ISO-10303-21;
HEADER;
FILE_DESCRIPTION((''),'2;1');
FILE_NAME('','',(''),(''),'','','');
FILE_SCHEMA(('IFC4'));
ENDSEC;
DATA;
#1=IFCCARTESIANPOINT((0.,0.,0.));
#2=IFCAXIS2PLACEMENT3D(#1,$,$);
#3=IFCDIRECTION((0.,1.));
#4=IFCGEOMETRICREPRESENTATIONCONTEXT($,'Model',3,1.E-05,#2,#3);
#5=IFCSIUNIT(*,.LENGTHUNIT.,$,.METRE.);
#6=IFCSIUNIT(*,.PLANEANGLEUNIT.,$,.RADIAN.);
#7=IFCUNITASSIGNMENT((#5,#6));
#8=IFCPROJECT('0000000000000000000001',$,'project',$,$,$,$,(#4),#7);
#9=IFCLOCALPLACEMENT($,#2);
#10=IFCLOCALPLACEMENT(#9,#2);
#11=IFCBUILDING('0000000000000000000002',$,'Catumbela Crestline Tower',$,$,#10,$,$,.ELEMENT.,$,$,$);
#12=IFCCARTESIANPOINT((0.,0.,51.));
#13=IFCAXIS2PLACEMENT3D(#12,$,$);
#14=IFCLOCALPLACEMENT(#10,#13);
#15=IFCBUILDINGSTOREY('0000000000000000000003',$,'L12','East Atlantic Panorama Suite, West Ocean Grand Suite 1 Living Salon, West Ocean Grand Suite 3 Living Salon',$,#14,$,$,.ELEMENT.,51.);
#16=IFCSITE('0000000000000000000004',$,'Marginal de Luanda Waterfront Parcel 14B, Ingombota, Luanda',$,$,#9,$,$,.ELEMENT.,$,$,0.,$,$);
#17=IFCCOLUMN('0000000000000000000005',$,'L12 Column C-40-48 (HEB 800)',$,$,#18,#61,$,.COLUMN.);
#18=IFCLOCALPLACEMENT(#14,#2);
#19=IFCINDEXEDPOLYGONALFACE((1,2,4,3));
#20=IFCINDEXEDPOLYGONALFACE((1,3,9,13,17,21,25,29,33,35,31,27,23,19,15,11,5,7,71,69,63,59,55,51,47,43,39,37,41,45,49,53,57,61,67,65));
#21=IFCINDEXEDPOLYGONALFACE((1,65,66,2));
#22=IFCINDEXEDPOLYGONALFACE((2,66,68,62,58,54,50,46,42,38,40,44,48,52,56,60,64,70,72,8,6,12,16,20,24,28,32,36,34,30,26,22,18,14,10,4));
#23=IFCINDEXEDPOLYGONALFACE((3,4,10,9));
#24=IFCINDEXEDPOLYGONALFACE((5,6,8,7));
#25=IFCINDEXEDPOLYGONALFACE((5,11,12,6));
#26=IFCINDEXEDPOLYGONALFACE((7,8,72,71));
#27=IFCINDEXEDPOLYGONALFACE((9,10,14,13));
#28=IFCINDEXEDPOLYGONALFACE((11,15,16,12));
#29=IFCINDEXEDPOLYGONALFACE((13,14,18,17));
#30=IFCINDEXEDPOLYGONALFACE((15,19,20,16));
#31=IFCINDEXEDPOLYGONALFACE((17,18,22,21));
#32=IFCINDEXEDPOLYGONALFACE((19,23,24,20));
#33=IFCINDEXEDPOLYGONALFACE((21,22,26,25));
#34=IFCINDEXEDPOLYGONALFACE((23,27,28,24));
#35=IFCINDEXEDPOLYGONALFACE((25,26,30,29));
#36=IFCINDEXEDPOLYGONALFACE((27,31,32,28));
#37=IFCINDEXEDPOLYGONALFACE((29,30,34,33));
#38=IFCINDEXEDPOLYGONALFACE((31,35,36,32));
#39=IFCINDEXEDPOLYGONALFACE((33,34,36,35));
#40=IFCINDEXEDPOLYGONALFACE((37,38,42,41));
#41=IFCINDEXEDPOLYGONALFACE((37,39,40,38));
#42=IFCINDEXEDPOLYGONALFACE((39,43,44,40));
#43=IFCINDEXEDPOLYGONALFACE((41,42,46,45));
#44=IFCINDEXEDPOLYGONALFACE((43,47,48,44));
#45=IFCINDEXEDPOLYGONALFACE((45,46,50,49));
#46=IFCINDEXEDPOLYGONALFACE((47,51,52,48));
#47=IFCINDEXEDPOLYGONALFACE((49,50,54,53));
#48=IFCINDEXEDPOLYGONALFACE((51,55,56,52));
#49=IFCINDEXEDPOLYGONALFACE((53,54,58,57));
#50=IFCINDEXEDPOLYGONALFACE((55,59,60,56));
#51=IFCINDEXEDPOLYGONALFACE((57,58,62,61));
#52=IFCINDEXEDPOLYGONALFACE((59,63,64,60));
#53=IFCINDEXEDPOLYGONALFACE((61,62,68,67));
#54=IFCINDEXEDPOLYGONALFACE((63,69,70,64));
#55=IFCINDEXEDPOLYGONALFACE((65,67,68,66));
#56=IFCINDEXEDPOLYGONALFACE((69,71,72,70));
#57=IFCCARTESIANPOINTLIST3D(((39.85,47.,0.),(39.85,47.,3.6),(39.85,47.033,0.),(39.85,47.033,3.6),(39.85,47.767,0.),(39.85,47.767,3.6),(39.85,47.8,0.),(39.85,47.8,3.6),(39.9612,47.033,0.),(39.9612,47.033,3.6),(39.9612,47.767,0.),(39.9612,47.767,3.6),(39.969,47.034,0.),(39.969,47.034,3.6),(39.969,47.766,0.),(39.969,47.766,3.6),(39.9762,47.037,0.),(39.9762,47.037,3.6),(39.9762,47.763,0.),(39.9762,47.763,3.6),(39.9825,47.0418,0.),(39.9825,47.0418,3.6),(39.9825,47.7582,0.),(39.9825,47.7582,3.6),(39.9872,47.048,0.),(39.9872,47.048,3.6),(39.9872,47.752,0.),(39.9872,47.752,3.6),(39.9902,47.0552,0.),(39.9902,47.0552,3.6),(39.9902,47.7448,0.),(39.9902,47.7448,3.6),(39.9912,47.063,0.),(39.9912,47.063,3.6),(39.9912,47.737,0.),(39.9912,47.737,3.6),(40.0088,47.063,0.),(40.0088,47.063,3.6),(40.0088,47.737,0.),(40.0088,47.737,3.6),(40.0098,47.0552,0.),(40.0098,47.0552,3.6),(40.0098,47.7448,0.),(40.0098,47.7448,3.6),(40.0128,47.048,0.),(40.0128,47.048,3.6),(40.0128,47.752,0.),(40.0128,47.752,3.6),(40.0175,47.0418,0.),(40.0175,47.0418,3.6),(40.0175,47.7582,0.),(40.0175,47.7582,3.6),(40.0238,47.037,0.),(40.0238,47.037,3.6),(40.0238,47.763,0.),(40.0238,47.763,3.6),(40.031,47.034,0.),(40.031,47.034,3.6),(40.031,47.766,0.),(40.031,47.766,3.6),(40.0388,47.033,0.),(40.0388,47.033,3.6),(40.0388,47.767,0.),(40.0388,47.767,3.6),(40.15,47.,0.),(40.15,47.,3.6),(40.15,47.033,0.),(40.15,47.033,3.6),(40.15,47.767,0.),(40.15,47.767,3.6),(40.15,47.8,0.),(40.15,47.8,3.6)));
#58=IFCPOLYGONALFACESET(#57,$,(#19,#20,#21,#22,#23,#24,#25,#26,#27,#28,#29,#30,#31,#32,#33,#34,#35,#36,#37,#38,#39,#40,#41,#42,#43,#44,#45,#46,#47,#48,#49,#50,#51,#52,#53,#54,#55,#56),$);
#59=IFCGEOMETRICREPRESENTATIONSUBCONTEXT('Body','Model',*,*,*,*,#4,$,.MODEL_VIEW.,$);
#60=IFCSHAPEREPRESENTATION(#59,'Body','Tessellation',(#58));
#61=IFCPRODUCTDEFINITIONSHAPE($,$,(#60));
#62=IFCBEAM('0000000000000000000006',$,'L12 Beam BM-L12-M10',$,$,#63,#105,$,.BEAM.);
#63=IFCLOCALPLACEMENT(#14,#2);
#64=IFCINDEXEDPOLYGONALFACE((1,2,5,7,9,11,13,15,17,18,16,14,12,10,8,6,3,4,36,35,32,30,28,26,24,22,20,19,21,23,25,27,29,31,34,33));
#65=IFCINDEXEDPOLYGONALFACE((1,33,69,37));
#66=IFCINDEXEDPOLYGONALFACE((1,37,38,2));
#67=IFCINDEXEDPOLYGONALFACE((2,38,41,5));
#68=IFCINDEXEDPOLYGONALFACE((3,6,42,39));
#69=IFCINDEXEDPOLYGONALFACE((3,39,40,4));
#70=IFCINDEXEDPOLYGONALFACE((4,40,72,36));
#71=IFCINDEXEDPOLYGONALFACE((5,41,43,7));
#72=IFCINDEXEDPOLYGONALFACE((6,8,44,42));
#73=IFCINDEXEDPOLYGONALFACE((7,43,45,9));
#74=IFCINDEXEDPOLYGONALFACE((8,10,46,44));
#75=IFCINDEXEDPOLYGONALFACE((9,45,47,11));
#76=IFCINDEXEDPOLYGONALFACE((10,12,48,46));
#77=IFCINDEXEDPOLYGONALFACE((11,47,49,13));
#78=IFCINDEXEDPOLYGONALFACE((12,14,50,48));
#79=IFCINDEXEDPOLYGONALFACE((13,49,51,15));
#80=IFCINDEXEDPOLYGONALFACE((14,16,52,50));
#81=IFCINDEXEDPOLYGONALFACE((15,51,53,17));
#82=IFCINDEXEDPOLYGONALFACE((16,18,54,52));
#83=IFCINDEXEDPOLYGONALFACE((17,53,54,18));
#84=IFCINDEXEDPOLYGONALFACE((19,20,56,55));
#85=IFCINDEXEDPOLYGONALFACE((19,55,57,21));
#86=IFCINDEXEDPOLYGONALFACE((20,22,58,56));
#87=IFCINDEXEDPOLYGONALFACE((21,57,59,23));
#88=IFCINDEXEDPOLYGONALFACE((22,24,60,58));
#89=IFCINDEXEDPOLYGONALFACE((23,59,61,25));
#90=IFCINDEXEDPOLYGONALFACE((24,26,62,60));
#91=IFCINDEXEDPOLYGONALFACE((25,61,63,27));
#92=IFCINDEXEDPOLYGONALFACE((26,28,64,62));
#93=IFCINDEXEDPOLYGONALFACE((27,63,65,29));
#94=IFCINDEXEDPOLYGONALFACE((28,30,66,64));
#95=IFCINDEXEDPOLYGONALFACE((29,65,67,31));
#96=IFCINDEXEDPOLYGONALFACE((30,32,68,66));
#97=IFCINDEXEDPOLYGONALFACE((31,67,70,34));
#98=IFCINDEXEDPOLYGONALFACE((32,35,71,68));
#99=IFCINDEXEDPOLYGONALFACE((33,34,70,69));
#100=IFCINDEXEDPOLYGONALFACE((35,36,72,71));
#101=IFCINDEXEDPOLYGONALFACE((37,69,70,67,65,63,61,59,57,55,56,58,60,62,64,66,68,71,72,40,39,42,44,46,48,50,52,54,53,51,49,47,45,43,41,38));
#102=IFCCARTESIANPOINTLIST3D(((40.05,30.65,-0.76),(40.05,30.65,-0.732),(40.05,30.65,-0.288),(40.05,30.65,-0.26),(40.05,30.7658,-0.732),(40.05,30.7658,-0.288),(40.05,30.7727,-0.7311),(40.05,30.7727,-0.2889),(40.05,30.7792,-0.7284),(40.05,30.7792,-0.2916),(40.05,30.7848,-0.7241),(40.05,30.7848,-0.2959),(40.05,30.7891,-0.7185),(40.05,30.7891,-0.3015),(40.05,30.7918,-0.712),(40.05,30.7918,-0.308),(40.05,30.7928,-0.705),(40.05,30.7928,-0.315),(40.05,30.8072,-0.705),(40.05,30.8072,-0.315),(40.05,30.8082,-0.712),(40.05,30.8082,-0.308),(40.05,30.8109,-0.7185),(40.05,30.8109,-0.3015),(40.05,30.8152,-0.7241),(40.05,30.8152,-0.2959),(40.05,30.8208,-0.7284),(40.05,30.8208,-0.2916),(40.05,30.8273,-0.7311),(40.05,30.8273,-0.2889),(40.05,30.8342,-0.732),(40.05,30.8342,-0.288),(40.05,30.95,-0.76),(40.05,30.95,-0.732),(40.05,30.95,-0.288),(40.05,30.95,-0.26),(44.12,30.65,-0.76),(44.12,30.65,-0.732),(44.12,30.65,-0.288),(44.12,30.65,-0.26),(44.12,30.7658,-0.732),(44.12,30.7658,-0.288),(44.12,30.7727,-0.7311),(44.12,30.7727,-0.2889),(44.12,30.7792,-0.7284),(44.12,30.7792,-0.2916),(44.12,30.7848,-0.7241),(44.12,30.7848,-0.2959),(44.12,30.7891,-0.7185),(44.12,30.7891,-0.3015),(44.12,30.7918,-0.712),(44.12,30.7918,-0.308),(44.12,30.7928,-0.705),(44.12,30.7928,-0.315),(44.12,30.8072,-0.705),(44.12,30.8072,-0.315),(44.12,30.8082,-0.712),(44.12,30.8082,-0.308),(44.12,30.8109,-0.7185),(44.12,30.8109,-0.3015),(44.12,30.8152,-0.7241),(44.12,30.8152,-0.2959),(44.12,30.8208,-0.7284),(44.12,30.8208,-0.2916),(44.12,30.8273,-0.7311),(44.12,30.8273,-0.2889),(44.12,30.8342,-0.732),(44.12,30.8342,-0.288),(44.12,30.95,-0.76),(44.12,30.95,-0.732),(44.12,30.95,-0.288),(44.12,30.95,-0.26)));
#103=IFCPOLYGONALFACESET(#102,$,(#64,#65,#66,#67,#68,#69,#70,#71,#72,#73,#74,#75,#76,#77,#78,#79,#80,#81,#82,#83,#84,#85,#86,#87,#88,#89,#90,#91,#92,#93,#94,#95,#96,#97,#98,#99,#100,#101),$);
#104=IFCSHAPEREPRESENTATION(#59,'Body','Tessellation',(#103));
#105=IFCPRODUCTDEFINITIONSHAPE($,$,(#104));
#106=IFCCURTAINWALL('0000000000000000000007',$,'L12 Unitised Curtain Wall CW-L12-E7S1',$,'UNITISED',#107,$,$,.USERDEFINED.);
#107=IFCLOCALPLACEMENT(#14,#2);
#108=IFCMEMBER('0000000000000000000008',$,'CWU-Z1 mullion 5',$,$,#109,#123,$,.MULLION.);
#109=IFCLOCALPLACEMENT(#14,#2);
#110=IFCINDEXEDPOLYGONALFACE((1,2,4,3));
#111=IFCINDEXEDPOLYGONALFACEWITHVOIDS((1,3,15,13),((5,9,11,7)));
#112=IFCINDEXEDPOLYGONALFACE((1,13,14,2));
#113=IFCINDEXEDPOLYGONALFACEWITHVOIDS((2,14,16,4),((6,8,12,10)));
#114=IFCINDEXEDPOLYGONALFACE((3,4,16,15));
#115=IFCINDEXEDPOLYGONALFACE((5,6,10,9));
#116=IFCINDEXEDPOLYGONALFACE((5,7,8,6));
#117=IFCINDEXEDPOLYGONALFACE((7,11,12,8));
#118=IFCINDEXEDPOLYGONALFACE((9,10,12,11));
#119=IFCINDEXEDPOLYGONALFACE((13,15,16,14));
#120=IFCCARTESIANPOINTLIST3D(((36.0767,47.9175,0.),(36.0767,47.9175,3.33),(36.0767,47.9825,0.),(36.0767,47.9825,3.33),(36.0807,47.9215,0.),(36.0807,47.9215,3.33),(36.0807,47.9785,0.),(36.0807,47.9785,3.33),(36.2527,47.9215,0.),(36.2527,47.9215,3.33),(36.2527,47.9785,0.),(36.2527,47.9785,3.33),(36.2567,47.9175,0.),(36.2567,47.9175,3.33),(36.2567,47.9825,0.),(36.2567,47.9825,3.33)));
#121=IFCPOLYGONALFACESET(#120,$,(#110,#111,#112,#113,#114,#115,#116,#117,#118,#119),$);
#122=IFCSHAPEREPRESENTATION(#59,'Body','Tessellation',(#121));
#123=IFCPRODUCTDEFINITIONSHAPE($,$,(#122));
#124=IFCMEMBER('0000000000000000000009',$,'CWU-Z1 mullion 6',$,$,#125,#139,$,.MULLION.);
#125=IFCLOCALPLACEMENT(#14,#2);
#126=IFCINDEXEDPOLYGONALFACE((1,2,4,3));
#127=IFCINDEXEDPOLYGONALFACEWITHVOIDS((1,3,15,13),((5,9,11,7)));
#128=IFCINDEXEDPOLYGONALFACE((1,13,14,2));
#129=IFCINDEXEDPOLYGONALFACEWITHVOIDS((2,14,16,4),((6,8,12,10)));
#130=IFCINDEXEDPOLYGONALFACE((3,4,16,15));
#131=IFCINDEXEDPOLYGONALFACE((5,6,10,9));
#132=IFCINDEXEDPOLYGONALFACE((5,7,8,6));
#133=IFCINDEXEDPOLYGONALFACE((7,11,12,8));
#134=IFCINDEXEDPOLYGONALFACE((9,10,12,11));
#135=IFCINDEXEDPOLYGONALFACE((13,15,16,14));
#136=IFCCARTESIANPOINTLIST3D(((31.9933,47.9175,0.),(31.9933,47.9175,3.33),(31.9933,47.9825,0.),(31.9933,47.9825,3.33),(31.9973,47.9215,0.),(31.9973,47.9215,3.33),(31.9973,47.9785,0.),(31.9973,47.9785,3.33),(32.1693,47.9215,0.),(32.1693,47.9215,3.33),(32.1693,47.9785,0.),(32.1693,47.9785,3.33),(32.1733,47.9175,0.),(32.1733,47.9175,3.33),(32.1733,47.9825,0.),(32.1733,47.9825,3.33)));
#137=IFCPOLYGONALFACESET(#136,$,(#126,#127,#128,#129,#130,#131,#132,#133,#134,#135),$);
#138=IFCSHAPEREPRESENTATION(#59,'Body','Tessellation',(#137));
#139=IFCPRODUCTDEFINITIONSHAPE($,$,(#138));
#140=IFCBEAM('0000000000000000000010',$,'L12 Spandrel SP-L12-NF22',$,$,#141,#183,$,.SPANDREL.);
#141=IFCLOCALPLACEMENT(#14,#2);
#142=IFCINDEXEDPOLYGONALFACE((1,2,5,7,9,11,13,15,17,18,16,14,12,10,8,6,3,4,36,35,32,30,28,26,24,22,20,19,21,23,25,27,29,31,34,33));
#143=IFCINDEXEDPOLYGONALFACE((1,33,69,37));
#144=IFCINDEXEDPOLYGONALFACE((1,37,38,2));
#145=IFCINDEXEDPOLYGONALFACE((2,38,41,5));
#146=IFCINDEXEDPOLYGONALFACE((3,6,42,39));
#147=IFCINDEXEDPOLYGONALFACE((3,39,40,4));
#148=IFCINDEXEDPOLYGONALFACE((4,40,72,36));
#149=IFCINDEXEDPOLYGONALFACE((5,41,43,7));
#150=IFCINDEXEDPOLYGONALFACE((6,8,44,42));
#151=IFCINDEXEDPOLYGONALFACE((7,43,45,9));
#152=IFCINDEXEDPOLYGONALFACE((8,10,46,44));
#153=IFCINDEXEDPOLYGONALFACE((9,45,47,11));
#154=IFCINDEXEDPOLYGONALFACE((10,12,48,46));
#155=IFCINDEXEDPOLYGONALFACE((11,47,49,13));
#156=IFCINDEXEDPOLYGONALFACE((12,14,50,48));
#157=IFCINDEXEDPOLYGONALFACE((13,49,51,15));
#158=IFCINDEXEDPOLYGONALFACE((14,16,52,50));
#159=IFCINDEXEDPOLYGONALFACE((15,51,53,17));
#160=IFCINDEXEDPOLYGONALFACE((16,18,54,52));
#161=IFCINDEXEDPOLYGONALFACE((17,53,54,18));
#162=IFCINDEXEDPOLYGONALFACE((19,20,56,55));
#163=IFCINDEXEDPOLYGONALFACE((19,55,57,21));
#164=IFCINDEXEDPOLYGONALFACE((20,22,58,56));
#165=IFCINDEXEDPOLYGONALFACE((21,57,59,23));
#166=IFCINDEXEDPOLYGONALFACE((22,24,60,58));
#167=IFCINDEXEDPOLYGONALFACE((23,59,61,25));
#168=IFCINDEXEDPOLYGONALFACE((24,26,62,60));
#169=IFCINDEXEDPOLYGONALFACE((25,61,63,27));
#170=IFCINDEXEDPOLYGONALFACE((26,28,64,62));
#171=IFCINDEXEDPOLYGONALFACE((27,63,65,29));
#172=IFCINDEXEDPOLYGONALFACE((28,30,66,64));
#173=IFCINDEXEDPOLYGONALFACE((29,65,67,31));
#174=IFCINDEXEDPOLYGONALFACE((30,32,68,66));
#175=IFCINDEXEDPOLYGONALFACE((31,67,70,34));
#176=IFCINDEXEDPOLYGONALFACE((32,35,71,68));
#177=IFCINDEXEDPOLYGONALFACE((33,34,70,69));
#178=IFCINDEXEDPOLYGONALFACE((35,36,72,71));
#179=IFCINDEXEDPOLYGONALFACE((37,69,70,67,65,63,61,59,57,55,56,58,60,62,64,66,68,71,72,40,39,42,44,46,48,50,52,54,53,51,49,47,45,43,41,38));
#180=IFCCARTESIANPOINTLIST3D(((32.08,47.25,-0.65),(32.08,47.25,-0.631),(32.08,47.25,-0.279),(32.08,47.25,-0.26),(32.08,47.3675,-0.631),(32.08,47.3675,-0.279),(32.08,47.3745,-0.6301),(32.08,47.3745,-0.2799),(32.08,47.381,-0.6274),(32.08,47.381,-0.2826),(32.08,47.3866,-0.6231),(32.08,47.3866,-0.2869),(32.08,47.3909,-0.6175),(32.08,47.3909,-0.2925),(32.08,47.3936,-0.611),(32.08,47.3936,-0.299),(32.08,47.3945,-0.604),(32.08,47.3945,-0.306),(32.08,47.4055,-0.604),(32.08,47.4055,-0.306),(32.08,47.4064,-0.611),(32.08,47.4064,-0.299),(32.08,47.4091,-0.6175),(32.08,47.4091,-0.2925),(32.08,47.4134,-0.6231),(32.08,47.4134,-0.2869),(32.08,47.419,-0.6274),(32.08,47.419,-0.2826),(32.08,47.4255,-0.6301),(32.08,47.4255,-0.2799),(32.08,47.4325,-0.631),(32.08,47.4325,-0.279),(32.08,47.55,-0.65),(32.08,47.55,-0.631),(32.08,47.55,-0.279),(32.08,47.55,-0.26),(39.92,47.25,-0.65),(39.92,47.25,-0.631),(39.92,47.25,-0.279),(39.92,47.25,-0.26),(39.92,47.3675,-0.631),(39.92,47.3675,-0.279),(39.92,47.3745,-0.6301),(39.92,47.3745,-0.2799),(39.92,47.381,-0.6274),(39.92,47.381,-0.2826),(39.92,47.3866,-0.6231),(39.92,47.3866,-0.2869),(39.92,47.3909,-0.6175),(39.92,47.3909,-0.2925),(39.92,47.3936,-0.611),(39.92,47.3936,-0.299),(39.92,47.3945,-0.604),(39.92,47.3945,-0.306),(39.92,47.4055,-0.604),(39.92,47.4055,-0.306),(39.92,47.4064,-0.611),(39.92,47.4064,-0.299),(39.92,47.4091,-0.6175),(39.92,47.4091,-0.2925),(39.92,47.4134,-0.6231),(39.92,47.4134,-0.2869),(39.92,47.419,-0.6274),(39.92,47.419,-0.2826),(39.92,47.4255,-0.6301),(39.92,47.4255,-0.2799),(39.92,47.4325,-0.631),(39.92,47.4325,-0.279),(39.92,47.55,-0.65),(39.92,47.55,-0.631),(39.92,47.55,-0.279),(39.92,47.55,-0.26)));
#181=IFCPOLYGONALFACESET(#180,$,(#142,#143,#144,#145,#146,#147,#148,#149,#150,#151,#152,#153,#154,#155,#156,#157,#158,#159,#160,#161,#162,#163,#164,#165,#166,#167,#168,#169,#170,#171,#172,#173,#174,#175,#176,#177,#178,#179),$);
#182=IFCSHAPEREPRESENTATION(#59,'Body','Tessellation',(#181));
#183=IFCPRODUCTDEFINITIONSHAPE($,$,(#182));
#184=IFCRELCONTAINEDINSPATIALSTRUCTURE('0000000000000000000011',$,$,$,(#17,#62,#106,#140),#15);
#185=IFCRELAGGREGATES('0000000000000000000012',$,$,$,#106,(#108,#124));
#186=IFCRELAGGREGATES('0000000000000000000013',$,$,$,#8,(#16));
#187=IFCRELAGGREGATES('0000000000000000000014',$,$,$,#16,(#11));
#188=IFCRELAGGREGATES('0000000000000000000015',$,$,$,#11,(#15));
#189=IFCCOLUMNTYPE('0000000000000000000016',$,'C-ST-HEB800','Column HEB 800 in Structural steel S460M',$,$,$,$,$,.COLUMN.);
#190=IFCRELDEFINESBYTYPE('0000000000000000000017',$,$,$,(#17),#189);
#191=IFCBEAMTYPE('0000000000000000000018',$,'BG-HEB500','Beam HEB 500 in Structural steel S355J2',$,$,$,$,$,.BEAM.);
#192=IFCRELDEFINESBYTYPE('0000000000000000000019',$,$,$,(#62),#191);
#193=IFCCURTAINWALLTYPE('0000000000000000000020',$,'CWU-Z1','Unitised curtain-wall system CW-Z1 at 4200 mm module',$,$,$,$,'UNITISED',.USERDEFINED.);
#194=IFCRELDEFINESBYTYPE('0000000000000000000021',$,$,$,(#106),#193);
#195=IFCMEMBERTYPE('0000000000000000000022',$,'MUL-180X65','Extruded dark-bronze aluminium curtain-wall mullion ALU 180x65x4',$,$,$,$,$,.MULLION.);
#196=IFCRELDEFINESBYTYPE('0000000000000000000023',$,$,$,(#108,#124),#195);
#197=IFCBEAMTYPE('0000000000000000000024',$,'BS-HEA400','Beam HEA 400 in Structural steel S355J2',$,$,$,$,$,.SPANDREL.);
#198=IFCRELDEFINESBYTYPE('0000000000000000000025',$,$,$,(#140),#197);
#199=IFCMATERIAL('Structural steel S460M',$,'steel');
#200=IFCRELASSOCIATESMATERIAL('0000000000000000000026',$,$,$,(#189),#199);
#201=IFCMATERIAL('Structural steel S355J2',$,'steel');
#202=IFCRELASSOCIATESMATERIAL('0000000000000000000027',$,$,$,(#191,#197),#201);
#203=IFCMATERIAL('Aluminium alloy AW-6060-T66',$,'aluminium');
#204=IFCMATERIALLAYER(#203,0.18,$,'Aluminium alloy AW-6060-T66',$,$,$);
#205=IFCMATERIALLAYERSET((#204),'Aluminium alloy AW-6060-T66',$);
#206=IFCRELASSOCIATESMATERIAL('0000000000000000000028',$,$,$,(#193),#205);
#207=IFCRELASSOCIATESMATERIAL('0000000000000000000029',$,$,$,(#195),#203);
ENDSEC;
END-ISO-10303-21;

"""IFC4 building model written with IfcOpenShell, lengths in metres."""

from ifc_helpers import new_model, si_unit, direction, frame, origin, origin_2d, place, context, subcontext, project, spatial, hollow_rectangle, i_section, extrude, material, layer, layer_set, material_profile, profile_set, type_object, element, aggregate, save


model = new_model("IFC4")

# Units and contexts
model_context = context("Model", 3, precision=1e-05, world=origin(), true_north=direction((0.0, 1.0)))
body_context = subcontext(model_context, "Body", "Model", "MODEL_VIEW")
ifc_project = project(units=[si_unit("LENGTHUNIT", "METRE"), si_unit("PLANEANGLEUNIT", "RADIAN")], contexts=[model_context])

# Site, building, storey
site_placement = place(None, origin())
site = spatial("IfcSite", under=ifc_project, at=site_placement, Name="Marginal de Luanda Waterfront Parcel 14B, Ingombota, Luanda", CompositionType="ELEMENT", RefElevation=0.0)
building_placement = place(site_placement, origin())
building = spatial("IfcBuilding", under=site, at=building_placement, Name="Catumbela Crestline Tower", CompositionType="ELEMENT")
storey_placement = place(building_placement, frame((0.0, 0.0, 51.0)))
storey = spatial("IfcBuildingStorey", under=building, at=storey_placement, Name="L12", Description="East Atlantic Panorama Suite, West Ocean Grand Suite 1 Living Salon, West Ocean Grand Suite 3 Living Salon", CompositionType="ELEMENT", Elevation=51.0)

# Column
ifc_material_1 = material(Name="Structural steel S460M", Category="steel")
ifc_material_profile_1 = material_profile(ifc_material_1, i_section(OverallWidth=0.3, OverallDepth=0.8, WebThickness=0.0175, FlangeThickness=0.033, FilletRadius=0.03, at=origin_2d()), Name="HEB 800")
ifc_profile_set_1 = profile_set([ifc_material_profile_1], Name="Structural steel S460M")
column_type = type_object("IfcColumnType", Name="C-ST-HEB800", Description="Column HEB 800 in Structural steel S460M", PredefinedType="COLUMN", material=ifc_profile_set_1)
column_placement = place(storey_placement, frame((40.0, 47.4, 0.0), z_axis=(0.0, 0.0, 1.0), x_axis=(1.0, 0.0, 0.0)))
element("IfcColumn", 1, at=column_placement, inside=storey, type_object=column_type, Name="L12 Column C-40-48 (HEB 800)", PredefinedType="COLUMN", context=body_context, shape_type="SweptSolid", body=[
    extrude(i_section(OverallWidth=0.3, OverallDepth=0.8, WebThickness=0.0175, FlangeThickness=0.033, FilletRadius=0.03, at=origin_2d()), origin(), (0.0, 0.0, 1.0), 3.6),
])

# Beam
ifc_material_2 = material(Name="Structural steel S355J2", Category="steel")
ifc_material_profile_2 = material_profile(ifc_material_2, i_section(OverallWidth=0.3, OverallDepth=0.5, WebThickness=0.0145, FlangeThickness=0.028, FilletRadius=0.027, at=origin_2d()), Name="HEB 500")
ifc_profile_set_2 = profile_set([ifc_material_profile_2], Name="Structural steel S355J2")
beam_type_1 = type_object("IfcBeamType", Name="BG-HEB500", Description="Beam HEB 500 in Structural steel S355J2", PredefinedType="BEAM", material=ifc_profile_set_2)
beam_1_placement = place(storey_placement, frame((40.05, 30.8, -0.51), z_axis=(1.0, 0.0, 0.0), x_axis=(0.0, 1.0, 0.0)))
element("IfcBeam", 2, at=beam_1_placement, inside=storey, type_object=beam_type_1, Name="L12 Beam BM-L12-M10", PredefinedType="BEAM", context=body_context, shape_type="SweptSolid", body=[
    extrude(i_section(OverallWidth=0.3, OverallDepth=0.5, WebThickness=0.0145, FlangeThickness=0.028, FilletRadius=0.027, at=origin_2d()), origin(), (0.0, 0.0, 1.0), 4.07),
])

# Curtain wall, members
ifc_material_3 = material(Name="Aluminium alloy AW-6060-T66", Category="aluminium")
ifc_layer_1 = layer(ifc_material_3, 0.18, Name="Aluminium alloy AW-6060-T66")
ifc_layer_set_1 = layer_set([ifc_layer_1], Name="Aluminium alloy AW-6060-T66")
curtain_wall_type = type_object("IfcCurtainWallType", Name="CWU-Z1", Description="Unitised curtain-wall system CW-Z1 at 4200 mm module", ElementType="UNITISED", PredefinedType="USERDEFINED", material=ifc_layer_set_1)
curtain_wall_placement = place(storey_placement, origin())
curtain_wall = element("IfcCurtainWall", 3, at=curtain_wall_placement, inside=storey, type_object=curtain_wall_type, Name="L12 Unitised Curtain Wall CW-L12-E7S1", ObjectType="UNITISED", PredefinedType="USERDEFINED")
ifc_material_profile_3 = material_profile(ifc_material_3, hollow_rectangle(XDim=0.065, YDim=0.18, WallThickness=0.004, at=origin_2d()), Name="ALU 180x65x4")
ifc_profile_set_3 = profile_set([ifc_material_profile_3], Name="Aluminium alloy AW-6060-T66")
member_type_1 = type_object("IfcMemberType", Name="MUL-180X65", Description="Extruded dark-bronze aluminium curtain-wall mullion ALU 180x65x4", PredefinedType="MULLION", material=ifc_profile_set_3)
member_1_placement = place(storey_placement, frame((36.1667, 47.95, 0.0), z_axis=(0.0, 0.0, 1.0), x_axis=(0.0, -1.0, 0.0)))
member_1 = element("IfcMember", 4, at=member_1_placement, type_object=member_type_1, Name="CWU-Z1 mullion 5", PredefinedType="MULLION", context=body_context, shape_type="SweptSolid", body=[
    extrude(hollow_rectangle(XDim=0.065, YDim=0.18, WallThickness=0.004, at=origin_2d()), origin(), (0.0, 0.0, 1.0), 3.33),
])
member_2_placement = place(storey_placement, frame((32.0833, 47.95, 0.0), z_axis=(0.0, 0.0, 1.0), x_axis=(0.0, -1.0, 0.0)))
member_2 = element("IfcMember", 5, at=member_2_placement, type_object=member_type_1, Name="CWU-Z1 mullion 6", PredefinedType="MULLION", context=body_context, shape_type="SweptSolid", body=[
    extrude(hollow_rectangle(XDim=0.065, YDim=0.18, WallThickness=0.004, at=origin_2d()), origin(), (0.0, 0.0, 1.0), 3.33),
])

# Beam
ifc_material_profile_4 = material_profile(ifc_material_2, i_section(OverallWidth=0.3, OverallDepth=0.39, WebThickness=0.011, FlangeThickness=0.019, FilletRadius=0.027, at=origin_2d()), Name="HEA 400")
ifc_profile_set_4 = profile_set([ifc_material_profile_4], Name="Structural steel S355J2")
beam_type_2 = type_object("IfcBeamType", Name="BS-HEA400", Description="Beam HEA 400 in Structural steel S355J2", PredefinedType="SPANDREL", material=ifc_profile_set_4)
beam_2_placement = place(storey_placement, frame((32.08, 47.4, -0.455), z_axis=(1.0, 0.0, 0.0), x_axis=(0.0, 1.0, 0.0)))
element("IfcBeam", 6, at=beam_2_placement, inside=storey, type_object=beam_type_2, Name="L12 Spandrel SP-L12-NF22", PredefinedType="SPANDREL", context=body_context, shape_type="SweptSolid", body=[
    extrude(i_section(OverallWidth=0.3, OverallDepth=0.39, WebThickness=0.011, FlangeThickness=0.019, FilletRadius=0.027, at=origin_2d()), origin(), (0.0, 0.0, 1.0), 7.84),
])

aggregate(curtain_wall, [member_1, member_2])

save(model, "model.ifc")
